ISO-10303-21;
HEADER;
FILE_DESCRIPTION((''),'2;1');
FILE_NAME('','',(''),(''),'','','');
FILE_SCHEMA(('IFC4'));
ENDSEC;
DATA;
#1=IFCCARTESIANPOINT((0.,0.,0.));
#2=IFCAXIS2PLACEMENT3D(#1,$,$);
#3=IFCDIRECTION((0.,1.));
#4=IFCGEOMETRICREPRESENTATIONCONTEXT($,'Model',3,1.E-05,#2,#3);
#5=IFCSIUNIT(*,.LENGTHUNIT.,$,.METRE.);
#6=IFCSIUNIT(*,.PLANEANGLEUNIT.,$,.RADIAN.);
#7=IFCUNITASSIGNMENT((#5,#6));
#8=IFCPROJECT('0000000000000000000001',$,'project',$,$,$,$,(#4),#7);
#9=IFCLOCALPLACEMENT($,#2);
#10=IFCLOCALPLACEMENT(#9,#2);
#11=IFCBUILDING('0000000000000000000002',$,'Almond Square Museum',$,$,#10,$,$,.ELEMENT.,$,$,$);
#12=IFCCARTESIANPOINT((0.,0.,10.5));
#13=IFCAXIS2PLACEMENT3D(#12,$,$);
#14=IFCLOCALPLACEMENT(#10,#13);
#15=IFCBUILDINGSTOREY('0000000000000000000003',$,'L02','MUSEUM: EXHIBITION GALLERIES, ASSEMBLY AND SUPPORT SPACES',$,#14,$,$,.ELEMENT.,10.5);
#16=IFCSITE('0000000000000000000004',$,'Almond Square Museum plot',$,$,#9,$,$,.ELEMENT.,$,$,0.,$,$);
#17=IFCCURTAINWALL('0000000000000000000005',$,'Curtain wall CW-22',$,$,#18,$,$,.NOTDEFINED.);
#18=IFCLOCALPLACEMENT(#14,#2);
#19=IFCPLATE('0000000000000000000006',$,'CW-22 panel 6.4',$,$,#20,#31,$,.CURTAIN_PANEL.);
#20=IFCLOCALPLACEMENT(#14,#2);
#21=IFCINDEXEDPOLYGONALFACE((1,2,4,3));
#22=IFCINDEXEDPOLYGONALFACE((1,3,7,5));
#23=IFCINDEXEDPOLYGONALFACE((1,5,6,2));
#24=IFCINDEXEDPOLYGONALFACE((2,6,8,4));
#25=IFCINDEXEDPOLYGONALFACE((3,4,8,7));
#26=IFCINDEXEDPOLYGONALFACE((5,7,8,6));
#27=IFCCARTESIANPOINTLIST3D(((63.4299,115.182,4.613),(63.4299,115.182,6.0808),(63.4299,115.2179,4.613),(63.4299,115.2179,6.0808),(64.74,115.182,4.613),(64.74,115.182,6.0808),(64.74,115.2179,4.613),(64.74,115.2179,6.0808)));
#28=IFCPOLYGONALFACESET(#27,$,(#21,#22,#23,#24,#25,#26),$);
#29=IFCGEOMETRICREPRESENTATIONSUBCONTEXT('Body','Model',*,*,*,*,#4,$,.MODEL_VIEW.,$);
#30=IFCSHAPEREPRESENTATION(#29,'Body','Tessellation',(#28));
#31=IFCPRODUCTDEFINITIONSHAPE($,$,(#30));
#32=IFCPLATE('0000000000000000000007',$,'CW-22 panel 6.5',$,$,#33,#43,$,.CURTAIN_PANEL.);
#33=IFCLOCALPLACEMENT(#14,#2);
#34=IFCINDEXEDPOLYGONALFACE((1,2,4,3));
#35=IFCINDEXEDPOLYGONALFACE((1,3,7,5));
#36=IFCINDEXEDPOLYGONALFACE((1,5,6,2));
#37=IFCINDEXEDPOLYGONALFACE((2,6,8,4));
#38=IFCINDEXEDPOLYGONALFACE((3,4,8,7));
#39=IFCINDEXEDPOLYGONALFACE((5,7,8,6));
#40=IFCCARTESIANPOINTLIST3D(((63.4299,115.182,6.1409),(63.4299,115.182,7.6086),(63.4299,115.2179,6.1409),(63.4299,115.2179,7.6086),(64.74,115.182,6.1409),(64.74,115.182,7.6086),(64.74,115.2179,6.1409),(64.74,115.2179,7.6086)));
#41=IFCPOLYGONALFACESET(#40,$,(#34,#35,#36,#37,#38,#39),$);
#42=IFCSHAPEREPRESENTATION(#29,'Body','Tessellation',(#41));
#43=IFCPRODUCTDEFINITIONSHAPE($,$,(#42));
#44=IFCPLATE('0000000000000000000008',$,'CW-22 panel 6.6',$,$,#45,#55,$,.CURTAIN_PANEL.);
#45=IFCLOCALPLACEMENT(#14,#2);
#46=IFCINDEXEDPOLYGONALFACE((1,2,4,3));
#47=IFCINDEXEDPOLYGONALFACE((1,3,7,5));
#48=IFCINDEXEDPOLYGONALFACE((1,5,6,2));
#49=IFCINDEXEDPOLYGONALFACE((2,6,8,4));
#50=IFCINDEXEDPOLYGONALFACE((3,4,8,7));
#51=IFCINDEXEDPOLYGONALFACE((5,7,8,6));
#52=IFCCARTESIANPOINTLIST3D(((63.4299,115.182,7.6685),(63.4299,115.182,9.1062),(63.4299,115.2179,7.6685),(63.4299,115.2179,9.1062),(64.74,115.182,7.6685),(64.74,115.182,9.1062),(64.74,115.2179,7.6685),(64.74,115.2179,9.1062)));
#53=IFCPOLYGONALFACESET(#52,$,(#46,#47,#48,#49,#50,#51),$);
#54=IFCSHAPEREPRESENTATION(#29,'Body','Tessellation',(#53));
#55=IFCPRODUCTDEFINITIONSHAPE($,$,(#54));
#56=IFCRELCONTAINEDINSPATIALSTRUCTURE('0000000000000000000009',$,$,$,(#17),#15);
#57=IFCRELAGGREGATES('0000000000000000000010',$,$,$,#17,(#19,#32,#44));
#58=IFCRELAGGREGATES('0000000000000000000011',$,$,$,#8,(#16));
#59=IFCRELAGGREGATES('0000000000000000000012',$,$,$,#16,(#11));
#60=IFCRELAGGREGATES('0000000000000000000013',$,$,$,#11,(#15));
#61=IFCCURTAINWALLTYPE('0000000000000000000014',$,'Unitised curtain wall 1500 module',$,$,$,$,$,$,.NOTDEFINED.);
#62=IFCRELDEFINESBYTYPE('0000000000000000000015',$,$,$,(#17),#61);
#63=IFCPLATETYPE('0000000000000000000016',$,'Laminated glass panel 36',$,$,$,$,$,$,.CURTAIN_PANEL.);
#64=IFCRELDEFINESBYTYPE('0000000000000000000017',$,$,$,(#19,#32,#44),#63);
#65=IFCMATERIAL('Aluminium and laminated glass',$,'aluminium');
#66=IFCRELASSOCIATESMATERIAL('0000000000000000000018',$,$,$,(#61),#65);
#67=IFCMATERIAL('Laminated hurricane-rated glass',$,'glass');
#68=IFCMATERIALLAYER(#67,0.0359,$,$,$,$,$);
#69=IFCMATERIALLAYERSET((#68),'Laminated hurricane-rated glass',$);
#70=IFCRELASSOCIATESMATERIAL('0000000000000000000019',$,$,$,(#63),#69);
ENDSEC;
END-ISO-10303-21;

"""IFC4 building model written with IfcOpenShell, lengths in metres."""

from ifc_helpers import new_model, si_unit, direction, frame, origin, origin_2d, place, context, subcontext, project, spatial, rectangle, extrude, material, layer, layer_set, type_object, element, aggregate, save


model = new_model("IFC4")

# Units and contexts
model_context = context("Model", 3, precision=1e-05, world=origin(), true_north=direction((0.0, 1.0)))
body_context = subcontext(model_context, "Body", "Model", "MODEL_VIEW")
ifc_project = project(units=[si_unit("LENGTHUNIT", "METRE"), si_unit("PLANEANGLEUNIT", "RADIAN")], contexts=[model_context])

# Site, building, storey
site_placement = place(None, origin())
site = spatial("IfcSite", under=ifc_project, at=site_placement, Name="Almond Square Museum plot", CompositionType="ELEMENT", RefElevation=0.0)
building_placement = place(site_placement, origin())
building = spatial("IfcBuilding", under=site, at=building_placement, Name="Almond Square Museum", CompositionType="ELEMENT")
storey_placement = place(building_placement, frame((0.0, 0.0, 10.5)))
storey = spatial("IfcBuildingStorey", under=building, at=storey_placement, Name="L02", Description="MUSEUM: EXHIBITION GALLERIES, ASSEMBLY AND SUPPORT SPACES", CompositionType="ELEMENT", Elevation=10.5)

# Curtain wall
ifc_material_1 = material(Name="Aluminium and laminated glass", Category="aluminium")
curtain_wall_type = type_object("IfcCurtainWallType", Name="Unitised curtain wall 1500 module", PredefinedType="NOTDEFINED", material=ifc_material_1)
curtain_wall_1_placement = place(storey_placement, origin())
curtain_wall_1 = element("IfcCurtainWall", 1, at=curtain_wall_1_placement, inside=storey, type_object=curtain_wall_type, Name="Curtain wall CW-22", PredefinedType="NOTDEFINED")

# Plates
ifc_material_2 = material(Name="Laminated hurricane-rated glass", Category="glass")
ifc_layer = layer(ifc_material_2, 0.0359)
ifc_layer_set = layer_set([ifc_layer], Name="Laminated hurricane-rated glass")
plate_type = type_object("IfcPlateType", Name="Laminated glass panel 36", PredefinedType="CURTAIN_PANEL", material=ifc_layer_set)
plate_1_placement = place(storey_placement, frame((64.085, 115.2, 4.613), z_axis=(0.0, 0.0, 1.0), x_axis=(1.0, 0.0, 0.0)))
plate_1 = element("IfcPlate", 2, at=plate_1_placement, type_object=plate_type, Name="CW-22 panel 6.4", PredefinedType="CURTAIN_PANEL", context=body_context, shape_type="SweptSolid", body=[
    extrude(rectangle(XDim=1.3101, YDim=0.0359, at=origin_2d()), origin(), (0.0, 0.0, 1.0), 1.4678),
])
plate_2_placement = place(storey_placement, frame((64.085, 115.2, 6.1409), z_axis=(0.0, 0.0, 1.0), x_axis=(1.0, 0.0, 0.0)))
plate_2 = element("IfcPlate", 3, at=plate_2_placement, type_object=plate_type, Name="CW-22 panel 6.5", PredefinedType="CURTAIN_PANEL", context=body_context, shape_type="SweptSolid", body=[
    extrude(rectangle(XDim=1.3101, YDim=0.0359, at=origin_2d()), origin(), (0.0, 0.0, 1.0), 1.4678),
])
plate_3_placement = place(storey_placement, frame((64.085, 115.2, 7.6685), z_axis=(0.0, 0.0, 1.0), x_axis=(1.0, 0.0, 0.0)))
plate_3 = element("IfcPlate", 4, at=plate_3_placement, type_object=plate_type, Name="CW-22 panel 6.6", PredefinedType="CURTAIN_PANEL", context=body_context, shape_type="SweptSolid", body=[
    extrude(rectangle(XDim=1.3101, YDim=0.0359, at=origin_2d()), origin(), (0.0, 0.0, 1.0), 1.4377),
])
aggregate(curtain_wall_1, [plate_1, plate_2, plate_3])

save(model, "model.ifc")
